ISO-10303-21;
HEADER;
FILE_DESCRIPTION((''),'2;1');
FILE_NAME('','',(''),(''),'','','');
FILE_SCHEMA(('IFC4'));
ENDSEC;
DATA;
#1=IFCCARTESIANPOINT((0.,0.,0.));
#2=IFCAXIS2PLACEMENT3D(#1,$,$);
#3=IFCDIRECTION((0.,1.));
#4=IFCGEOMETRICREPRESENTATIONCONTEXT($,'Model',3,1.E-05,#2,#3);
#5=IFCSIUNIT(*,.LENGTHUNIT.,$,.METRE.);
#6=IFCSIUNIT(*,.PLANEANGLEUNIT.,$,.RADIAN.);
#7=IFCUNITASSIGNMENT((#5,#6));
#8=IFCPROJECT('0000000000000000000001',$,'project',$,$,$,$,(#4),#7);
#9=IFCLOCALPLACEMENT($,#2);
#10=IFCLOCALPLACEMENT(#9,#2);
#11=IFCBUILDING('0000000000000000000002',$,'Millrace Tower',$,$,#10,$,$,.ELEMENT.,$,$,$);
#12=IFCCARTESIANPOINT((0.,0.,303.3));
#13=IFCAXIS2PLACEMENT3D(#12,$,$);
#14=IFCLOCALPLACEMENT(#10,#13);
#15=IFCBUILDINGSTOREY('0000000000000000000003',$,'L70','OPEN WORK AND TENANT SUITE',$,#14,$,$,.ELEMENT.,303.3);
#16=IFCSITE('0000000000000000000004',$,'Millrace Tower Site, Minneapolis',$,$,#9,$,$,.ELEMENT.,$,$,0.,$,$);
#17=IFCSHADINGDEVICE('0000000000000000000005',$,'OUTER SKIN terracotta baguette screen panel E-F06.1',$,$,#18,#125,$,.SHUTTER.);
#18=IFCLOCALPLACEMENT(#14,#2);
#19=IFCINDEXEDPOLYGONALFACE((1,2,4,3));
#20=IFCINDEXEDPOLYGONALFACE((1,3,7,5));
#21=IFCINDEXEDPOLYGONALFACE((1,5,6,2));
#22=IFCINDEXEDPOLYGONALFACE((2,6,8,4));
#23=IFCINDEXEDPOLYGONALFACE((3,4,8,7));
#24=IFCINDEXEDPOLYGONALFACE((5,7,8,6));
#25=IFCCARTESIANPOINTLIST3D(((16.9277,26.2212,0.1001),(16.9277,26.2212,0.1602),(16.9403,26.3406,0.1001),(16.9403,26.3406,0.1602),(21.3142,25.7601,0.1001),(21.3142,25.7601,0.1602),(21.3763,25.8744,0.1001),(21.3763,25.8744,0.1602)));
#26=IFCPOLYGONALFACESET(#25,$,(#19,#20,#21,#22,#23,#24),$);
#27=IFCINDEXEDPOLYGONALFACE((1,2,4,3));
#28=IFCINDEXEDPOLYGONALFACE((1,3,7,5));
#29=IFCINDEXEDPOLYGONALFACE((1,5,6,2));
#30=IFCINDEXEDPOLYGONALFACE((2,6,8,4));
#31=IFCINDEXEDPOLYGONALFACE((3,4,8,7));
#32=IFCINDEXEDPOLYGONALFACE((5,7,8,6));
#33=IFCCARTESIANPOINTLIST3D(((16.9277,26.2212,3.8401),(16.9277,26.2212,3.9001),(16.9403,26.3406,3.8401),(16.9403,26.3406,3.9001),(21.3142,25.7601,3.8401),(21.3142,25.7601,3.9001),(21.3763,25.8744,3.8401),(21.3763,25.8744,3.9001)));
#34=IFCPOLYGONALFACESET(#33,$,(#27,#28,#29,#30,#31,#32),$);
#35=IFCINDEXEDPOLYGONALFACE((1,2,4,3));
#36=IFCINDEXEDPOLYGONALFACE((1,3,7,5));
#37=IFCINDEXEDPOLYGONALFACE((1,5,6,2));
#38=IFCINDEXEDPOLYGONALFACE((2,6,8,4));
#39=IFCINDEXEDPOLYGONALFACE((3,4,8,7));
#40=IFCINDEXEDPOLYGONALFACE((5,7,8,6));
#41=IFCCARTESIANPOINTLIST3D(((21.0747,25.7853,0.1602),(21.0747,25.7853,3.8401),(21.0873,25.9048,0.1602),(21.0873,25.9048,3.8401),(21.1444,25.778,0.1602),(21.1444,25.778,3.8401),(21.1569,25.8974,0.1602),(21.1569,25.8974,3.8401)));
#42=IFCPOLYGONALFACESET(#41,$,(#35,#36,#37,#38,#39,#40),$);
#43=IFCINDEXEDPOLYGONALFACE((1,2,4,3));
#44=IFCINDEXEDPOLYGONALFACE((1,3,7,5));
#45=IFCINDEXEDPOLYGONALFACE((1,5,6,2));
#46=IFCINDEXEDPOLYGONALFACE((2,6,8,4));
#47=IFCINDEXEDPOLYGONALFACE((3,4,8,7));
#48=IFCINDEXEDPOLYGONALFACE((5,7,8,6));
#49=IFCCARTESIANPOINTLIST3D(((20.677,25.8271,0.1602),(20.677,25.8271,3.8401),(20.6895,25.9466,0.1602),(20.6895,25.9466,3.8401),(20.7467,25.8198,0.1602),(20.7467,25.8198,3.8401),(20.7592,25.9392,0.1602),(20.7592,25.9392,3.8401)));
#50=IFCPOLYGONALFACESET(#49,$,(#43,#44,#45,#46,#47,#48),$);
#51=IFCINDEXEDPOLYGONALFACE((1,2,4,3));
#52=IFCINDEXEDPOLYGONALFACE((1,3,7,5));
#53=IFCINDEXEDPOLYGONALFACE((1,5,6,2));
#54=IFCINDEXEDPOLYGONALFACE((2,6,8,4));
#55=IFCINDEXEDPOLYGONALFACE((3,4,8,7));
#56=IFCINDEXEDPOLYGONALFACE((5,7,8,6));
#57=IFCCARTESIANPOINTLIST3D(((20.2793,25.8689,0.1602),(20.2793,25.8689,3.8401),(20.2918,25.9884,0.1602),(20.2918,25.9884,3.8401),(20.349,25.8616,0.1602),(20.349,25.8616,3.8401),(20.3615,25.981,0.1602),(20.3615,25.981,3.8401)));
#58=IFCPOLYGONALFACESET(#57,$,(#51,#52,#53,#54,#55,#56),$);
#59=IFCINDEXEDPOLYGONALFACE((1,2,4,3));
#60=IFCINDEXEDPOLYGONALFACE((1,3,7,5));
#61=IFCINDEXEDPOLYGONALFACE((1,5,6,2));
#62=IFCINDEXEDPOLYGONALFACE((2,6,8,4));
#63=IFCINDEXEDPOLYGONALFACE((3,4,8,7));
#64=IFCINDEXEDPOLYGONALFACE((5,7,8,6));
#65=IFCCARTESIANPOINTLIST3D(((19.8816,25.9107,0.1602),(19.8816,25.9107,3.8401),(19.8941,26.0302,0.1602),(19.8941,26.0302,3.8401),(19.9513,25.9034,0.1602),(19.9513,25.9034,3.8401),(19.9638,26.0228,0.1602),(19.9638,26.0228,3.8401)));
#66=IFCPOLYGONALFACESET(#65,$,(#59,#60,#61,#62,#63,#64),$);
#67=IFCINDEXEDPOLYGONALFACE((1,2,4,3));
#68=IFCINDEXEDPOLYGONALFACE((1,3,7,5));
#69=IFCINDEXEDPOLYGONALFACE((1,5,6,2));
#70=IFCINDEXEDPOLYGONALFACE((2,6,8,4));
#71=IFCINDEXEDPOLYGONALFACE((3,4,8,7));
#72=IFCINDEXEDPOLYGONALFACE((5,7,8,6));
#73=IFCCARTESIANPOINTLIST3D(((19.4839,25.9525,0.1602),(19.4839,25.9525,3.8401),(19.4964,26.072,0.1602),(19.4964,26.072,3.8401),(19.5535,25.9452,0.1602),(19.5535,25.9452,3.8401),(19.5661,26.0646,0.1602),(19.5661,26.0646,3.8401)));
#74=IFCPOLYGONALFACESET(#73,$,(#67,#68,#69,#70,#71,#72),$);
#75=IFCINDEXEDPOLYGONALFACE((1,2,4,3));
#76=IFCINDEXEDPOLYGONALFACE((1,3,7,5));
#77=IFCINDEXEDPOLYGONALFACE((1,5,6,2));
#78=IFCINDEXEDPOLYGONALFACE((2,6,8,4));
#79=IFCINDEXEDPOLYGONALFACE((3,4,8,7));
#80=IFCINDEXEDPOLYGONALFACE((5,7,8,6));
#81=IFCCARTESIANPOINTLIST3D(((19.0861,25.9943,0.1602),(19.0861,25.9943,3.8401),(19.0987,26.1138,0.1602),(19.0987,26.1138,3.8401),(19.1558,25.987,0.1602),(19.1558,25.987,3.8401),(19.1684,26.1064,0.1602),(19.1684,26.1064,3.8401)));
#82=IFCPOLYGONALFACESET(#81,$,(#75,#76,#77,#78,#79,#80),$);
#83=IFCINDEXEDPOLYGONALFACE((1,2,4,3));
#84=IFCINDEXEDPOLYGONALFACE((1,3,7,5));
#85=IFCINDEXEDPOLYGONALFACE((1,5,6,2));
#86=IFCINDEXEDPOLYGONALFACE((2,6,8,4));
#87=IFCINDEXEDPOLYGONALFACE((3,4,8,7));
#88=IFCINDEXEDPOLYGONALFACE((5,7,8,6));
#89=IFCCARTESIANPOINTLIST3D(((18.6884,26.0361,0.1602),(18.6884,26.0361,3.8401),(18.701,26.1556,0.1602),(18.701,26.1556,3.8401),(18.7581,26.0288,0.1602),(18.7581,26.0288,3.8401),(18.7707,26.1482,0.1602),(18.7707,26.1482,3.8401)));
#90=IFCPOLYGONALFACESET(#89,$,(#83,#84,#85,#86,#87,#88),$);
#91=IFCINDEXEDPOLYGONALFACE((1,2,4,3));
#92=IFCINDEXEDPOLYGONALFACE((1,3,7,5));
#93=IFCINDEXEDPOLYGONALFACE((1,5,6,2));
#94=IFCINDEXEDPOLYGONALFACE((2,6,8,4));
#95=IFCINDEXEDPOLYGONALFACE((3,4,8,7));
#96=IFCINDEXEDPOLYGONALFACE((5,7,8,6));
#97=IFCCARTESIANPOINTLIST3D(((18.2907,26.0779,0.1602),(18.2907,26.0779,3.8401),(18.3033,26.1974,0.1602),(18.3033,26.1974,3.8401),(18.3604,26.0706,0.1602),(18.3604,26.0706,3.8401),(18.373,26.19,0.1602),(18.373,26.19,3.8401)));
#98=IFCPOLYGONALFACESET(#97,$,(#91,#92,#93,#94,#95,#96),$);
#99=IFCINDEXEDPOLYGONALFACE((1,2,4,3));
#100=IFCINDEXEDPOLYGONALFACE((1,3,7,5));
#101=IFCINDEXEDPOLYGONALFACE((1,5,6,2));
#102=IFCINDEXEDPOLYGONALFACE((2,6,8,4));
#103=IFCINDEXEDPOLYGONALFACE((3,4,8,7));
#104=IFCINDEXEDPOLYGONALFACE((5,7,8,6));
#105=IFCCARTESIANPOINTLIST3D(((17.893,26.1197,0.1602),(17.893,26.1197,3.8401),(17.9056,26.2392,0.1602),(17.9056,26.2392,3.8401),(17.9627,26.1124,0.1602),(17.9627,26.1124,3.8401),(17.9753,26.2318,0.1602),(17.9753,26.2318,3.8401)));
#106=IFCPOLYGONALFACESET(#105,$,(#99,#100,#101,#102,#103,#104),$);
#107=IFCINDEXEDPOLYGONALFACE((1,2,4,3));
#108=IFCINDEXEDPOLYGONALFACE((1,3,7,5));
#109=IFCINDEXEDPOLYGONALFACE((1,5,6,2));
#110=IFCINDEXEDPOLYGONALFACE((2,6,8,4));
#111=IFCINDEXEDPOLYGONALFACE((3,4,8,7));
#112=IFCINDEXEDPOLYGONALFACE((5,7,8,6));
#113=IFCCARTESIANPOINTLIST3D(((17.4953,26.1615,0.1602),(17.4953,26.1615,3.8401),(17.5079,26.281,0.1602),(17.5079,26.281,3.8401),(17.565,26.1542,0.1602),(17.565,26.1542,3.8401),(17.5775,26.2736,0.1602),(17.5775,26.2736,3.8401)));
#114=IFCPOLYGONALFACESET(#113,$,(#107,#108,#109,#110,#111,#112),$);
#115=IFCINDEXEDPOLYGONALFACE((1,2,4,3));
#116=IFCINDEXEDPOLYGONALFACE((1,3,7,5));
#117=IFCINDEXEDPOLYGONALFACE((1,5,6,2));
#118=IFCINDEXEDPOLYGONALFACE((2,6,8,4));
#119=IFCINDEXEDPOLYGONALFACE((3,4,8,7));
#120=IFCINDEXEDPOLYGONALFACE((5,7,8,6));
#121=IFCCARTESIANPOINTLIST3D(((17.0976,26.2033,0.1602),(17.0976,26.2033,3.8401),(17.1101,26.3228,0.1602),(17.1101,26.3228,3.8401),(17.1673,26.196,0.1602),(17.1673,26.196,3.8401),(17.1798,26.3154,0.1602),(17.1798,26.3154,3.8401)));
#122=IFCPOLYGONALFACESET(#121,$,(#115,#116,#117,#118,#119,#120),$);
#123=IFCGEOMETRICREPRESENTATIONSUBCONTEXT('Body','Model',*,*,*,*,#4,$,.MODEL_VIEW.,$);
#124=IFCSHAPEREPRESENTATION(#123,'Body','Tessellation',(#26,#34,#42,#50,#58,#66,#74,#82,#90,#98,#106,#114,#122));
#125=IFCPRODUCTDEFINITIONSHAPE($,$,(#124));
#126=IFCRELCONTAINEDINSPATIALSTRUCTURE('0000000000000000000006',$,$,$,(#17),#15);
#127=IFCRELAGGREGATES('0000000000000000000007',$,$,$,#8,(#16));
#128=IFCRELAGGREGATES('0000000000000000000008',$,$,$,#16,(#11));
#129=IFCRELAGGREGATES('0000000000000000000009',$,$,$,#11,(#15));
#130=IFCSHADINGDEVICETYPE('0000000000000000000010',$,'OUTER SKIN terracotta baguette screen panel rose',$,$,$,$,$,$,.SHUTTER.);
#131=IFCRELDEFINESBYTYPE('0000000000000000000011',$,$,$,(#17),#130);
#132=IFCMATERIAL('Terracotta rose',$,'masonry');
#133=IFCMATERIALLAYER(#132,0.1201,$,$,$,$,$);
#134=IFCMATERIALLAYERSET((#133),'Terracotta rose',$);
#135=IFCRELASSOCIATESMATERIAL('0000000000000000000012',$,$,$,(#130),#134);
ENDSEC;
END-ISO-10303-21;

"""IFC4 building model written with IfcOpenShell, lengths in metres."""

from ifc_helpers import new_model, entity, si_unit, direction, frame, frame_2d, origin, place, context, subcontext, project, spatial, rectangle, extrude, source, transform, mapped, material, layer, layer_set, type_object, element, save


model = new_model("IFC4")

# Units and contexts
model_context = context("Model", 3, precision=1e-05, world=origin(), true_north=direction((0.0, 1.0)))
body_context = subcontext(model_context, "Body", "Model", "MODEL_VIEW")
ifc_project = project(units=[si_unit("LENGTHUNIT", "METRE"), si_unit("PLANEANGLEUNIT", "RADIAN")], contexts=[model_context])

# Site, building, storey
site_placement = place(None, origin())
site = spatial("IfcSite", under=ifc_project, at=site_placement, Name="Millrace Tower Site, Minneapolis", CompositionType="ELEMENT", RefElevation=0.0)
building_placement = place(site_placement, origin())
building = spatial("IfcBuilding", under=site, at=building_placement, Name="Millrace Tower", CompositionType="ELEMENT")
storey_placement = place(building_placement, frame((0.0, 0.0, 303.3)))
storey = spatial("IfcBuildingStorey", under=building, at=storey_placement, Name="L70", Description="OPEN WORK AND TENANT SUITE", CompositionType="ELEMENT", Elevation=303.3)

# Shading device
ifc_material_1 = material(Name="Terracotta rose", Category="masonry")
ifc_layer_1 = layer(ifc_material_1, 0.1201)
ifc_layer_set_1 = layer_set([ifc_layer_1], Name="Terracotta rose")
shading_device_type = type_object("IfcShadingDeviceType", Name="OUTER SKIN terracotta baguette screen panel rose", PredefinedType="SHUTTER", material=ifc_layer_set_1)
cartesian_point_1 = entity("IfcCartesianPoint", [-2.1929, 0.0601])
shared_polyline_1 = entity("IfcPolyline", [cartesian_point_1, entity("IfcCartesianPoint", [2.2178, 0.0601]), entity("IfcCartesianPoint", [2.2178, -0.0601]), entity("IfcCartesianPoint", [-2.2427, -0.0601]), cartesian_point_1])
shared_shape_1 = source(origin(), body_context, "Body", "SweptSolid", [
    entity("IfcExtrudedAreaSolid", entity("IfcArbitraryClosedProfileDef", "AREA", None, shared_polyline_1), entity("IfcAxis2Placement3D", entity("IfcCartesianPoint", [0.0, 0.0, 0.0])), entity("IfcDirection", [0.0, 0.0, 1.0]), 0.0601),
    entity("IfcExtrudedAreaSolid", entity("IfcArbitraryClosedProfileDef", "AREA", None, shared_polyline_1), entity("IfcAxis2Placement3D", entity("IfcCartesianPoint", [0.0, 0.0, 3.74])), entity("IfcDirection", [0.0, 0.0, 1.0]), 0.0601),
    extrude(rectangle(XDim=0.0701, YDim=0.1201, at=frame_2d((-1.9871, 0.0))), frame((0.0, 0.0, 0.0601)), (0.0, 0.0, 1.0), 3.6799),
    extrude(rectangle(XDim=0.0701, YDim=0.1201, at=frame_2d((-1.5872, 0.0))), frame((0.0, 0.0, 0.0601)), (0.0, 0.0, 1.0), 3.6799),
    extrude(rectangle(XDim=0.0701, YDim=0.1201, at=frame_2d((-1.1873, 0.0))), frame((0.0, 0.0, 0.0601)), (0.0, 0.0, 1.0), 3.6799),
    extrude(rectangle(XDim=0.0701, YDim=0.1201, at=frame_2d((-0.7874, 0.0))), frame((0.0, 0.0, 0.0601)), (0.0, 0.0, 1.0), 3.6799),
    extrude(rectangle(XDim=0.0701, YDim=0.1201, at=frame_2d((-0.3875, 0.0))), frame((0.0, 0.0, 0.0601)), (0.0, 0.0, 1.0), 3.6799),
    extrude(rectangle(XDim=0.0701, YDim=0.1201, at=frame_2d((0.0125, 0.0))), frame((0.0, 0.0, 0.0601)), (0.0, 0.0, 1.0), 3.6799),
    extrude(rectangle(XDim=0.0701, YDim=0.1201, at=frame_2d((0.4124, 0.0))), frame((0.0, 0.0, 0.0601)), (0.0, 0.0, 1.0), 3.6799),
    extrude(rectangle(XDim=0.0701, YDim=0.1201, at=frame_2d((0.8123, 0.0))), frame((0.0, 0.0, 0.0601)), (0.0, 0.0, 1.0), 3.6799),
    extrude(rectangle(XDim=0.0701, YDim=0.1201, at=frame_2d((1.2122, 0.0))), frame((0.0, 0.0, 0.0601)), (0.0, 0.0, 1.0), 3.6799),
    extrude(rectangle(XDim=0.0701, YDim=0.1201, at=frame_2d((1.6121, 0.0))), frame((0.0, 0.0, 0.0601)), (0.0, 0.0, 1.0), 3.6799),
    extrude(rectangle(XDim=0.0701, YDim=0.1201, at=frame_2d((2.012, 0.0))), frame((0.0, 0.0, 0.0601)), (0.0, 0.0, 1.0), 3.6799),
])
shading_device_1_placement = place(storey_placement, frame((19.1396, 26.0491, 0.1001), z_axis=(0.0, 0.0, 1.0), x_axis=(-0.994522, 0.104528, 0.0)))
element("IfcShadingDevice", 1, at=shading_device_1_placement, inside=storey, type_object=shading_device_type, Name="OUTER SKIN terracotta baguette screen panel E-F06.1", PredefinedType="SHUTTER", context=body_context, shape_type="MappedRepresentation", body=[
    mapped(shared_shape_1, transform((0.0, 0.0, 0.0), scale=1.0)),
])

save(model, "model.ifc")
